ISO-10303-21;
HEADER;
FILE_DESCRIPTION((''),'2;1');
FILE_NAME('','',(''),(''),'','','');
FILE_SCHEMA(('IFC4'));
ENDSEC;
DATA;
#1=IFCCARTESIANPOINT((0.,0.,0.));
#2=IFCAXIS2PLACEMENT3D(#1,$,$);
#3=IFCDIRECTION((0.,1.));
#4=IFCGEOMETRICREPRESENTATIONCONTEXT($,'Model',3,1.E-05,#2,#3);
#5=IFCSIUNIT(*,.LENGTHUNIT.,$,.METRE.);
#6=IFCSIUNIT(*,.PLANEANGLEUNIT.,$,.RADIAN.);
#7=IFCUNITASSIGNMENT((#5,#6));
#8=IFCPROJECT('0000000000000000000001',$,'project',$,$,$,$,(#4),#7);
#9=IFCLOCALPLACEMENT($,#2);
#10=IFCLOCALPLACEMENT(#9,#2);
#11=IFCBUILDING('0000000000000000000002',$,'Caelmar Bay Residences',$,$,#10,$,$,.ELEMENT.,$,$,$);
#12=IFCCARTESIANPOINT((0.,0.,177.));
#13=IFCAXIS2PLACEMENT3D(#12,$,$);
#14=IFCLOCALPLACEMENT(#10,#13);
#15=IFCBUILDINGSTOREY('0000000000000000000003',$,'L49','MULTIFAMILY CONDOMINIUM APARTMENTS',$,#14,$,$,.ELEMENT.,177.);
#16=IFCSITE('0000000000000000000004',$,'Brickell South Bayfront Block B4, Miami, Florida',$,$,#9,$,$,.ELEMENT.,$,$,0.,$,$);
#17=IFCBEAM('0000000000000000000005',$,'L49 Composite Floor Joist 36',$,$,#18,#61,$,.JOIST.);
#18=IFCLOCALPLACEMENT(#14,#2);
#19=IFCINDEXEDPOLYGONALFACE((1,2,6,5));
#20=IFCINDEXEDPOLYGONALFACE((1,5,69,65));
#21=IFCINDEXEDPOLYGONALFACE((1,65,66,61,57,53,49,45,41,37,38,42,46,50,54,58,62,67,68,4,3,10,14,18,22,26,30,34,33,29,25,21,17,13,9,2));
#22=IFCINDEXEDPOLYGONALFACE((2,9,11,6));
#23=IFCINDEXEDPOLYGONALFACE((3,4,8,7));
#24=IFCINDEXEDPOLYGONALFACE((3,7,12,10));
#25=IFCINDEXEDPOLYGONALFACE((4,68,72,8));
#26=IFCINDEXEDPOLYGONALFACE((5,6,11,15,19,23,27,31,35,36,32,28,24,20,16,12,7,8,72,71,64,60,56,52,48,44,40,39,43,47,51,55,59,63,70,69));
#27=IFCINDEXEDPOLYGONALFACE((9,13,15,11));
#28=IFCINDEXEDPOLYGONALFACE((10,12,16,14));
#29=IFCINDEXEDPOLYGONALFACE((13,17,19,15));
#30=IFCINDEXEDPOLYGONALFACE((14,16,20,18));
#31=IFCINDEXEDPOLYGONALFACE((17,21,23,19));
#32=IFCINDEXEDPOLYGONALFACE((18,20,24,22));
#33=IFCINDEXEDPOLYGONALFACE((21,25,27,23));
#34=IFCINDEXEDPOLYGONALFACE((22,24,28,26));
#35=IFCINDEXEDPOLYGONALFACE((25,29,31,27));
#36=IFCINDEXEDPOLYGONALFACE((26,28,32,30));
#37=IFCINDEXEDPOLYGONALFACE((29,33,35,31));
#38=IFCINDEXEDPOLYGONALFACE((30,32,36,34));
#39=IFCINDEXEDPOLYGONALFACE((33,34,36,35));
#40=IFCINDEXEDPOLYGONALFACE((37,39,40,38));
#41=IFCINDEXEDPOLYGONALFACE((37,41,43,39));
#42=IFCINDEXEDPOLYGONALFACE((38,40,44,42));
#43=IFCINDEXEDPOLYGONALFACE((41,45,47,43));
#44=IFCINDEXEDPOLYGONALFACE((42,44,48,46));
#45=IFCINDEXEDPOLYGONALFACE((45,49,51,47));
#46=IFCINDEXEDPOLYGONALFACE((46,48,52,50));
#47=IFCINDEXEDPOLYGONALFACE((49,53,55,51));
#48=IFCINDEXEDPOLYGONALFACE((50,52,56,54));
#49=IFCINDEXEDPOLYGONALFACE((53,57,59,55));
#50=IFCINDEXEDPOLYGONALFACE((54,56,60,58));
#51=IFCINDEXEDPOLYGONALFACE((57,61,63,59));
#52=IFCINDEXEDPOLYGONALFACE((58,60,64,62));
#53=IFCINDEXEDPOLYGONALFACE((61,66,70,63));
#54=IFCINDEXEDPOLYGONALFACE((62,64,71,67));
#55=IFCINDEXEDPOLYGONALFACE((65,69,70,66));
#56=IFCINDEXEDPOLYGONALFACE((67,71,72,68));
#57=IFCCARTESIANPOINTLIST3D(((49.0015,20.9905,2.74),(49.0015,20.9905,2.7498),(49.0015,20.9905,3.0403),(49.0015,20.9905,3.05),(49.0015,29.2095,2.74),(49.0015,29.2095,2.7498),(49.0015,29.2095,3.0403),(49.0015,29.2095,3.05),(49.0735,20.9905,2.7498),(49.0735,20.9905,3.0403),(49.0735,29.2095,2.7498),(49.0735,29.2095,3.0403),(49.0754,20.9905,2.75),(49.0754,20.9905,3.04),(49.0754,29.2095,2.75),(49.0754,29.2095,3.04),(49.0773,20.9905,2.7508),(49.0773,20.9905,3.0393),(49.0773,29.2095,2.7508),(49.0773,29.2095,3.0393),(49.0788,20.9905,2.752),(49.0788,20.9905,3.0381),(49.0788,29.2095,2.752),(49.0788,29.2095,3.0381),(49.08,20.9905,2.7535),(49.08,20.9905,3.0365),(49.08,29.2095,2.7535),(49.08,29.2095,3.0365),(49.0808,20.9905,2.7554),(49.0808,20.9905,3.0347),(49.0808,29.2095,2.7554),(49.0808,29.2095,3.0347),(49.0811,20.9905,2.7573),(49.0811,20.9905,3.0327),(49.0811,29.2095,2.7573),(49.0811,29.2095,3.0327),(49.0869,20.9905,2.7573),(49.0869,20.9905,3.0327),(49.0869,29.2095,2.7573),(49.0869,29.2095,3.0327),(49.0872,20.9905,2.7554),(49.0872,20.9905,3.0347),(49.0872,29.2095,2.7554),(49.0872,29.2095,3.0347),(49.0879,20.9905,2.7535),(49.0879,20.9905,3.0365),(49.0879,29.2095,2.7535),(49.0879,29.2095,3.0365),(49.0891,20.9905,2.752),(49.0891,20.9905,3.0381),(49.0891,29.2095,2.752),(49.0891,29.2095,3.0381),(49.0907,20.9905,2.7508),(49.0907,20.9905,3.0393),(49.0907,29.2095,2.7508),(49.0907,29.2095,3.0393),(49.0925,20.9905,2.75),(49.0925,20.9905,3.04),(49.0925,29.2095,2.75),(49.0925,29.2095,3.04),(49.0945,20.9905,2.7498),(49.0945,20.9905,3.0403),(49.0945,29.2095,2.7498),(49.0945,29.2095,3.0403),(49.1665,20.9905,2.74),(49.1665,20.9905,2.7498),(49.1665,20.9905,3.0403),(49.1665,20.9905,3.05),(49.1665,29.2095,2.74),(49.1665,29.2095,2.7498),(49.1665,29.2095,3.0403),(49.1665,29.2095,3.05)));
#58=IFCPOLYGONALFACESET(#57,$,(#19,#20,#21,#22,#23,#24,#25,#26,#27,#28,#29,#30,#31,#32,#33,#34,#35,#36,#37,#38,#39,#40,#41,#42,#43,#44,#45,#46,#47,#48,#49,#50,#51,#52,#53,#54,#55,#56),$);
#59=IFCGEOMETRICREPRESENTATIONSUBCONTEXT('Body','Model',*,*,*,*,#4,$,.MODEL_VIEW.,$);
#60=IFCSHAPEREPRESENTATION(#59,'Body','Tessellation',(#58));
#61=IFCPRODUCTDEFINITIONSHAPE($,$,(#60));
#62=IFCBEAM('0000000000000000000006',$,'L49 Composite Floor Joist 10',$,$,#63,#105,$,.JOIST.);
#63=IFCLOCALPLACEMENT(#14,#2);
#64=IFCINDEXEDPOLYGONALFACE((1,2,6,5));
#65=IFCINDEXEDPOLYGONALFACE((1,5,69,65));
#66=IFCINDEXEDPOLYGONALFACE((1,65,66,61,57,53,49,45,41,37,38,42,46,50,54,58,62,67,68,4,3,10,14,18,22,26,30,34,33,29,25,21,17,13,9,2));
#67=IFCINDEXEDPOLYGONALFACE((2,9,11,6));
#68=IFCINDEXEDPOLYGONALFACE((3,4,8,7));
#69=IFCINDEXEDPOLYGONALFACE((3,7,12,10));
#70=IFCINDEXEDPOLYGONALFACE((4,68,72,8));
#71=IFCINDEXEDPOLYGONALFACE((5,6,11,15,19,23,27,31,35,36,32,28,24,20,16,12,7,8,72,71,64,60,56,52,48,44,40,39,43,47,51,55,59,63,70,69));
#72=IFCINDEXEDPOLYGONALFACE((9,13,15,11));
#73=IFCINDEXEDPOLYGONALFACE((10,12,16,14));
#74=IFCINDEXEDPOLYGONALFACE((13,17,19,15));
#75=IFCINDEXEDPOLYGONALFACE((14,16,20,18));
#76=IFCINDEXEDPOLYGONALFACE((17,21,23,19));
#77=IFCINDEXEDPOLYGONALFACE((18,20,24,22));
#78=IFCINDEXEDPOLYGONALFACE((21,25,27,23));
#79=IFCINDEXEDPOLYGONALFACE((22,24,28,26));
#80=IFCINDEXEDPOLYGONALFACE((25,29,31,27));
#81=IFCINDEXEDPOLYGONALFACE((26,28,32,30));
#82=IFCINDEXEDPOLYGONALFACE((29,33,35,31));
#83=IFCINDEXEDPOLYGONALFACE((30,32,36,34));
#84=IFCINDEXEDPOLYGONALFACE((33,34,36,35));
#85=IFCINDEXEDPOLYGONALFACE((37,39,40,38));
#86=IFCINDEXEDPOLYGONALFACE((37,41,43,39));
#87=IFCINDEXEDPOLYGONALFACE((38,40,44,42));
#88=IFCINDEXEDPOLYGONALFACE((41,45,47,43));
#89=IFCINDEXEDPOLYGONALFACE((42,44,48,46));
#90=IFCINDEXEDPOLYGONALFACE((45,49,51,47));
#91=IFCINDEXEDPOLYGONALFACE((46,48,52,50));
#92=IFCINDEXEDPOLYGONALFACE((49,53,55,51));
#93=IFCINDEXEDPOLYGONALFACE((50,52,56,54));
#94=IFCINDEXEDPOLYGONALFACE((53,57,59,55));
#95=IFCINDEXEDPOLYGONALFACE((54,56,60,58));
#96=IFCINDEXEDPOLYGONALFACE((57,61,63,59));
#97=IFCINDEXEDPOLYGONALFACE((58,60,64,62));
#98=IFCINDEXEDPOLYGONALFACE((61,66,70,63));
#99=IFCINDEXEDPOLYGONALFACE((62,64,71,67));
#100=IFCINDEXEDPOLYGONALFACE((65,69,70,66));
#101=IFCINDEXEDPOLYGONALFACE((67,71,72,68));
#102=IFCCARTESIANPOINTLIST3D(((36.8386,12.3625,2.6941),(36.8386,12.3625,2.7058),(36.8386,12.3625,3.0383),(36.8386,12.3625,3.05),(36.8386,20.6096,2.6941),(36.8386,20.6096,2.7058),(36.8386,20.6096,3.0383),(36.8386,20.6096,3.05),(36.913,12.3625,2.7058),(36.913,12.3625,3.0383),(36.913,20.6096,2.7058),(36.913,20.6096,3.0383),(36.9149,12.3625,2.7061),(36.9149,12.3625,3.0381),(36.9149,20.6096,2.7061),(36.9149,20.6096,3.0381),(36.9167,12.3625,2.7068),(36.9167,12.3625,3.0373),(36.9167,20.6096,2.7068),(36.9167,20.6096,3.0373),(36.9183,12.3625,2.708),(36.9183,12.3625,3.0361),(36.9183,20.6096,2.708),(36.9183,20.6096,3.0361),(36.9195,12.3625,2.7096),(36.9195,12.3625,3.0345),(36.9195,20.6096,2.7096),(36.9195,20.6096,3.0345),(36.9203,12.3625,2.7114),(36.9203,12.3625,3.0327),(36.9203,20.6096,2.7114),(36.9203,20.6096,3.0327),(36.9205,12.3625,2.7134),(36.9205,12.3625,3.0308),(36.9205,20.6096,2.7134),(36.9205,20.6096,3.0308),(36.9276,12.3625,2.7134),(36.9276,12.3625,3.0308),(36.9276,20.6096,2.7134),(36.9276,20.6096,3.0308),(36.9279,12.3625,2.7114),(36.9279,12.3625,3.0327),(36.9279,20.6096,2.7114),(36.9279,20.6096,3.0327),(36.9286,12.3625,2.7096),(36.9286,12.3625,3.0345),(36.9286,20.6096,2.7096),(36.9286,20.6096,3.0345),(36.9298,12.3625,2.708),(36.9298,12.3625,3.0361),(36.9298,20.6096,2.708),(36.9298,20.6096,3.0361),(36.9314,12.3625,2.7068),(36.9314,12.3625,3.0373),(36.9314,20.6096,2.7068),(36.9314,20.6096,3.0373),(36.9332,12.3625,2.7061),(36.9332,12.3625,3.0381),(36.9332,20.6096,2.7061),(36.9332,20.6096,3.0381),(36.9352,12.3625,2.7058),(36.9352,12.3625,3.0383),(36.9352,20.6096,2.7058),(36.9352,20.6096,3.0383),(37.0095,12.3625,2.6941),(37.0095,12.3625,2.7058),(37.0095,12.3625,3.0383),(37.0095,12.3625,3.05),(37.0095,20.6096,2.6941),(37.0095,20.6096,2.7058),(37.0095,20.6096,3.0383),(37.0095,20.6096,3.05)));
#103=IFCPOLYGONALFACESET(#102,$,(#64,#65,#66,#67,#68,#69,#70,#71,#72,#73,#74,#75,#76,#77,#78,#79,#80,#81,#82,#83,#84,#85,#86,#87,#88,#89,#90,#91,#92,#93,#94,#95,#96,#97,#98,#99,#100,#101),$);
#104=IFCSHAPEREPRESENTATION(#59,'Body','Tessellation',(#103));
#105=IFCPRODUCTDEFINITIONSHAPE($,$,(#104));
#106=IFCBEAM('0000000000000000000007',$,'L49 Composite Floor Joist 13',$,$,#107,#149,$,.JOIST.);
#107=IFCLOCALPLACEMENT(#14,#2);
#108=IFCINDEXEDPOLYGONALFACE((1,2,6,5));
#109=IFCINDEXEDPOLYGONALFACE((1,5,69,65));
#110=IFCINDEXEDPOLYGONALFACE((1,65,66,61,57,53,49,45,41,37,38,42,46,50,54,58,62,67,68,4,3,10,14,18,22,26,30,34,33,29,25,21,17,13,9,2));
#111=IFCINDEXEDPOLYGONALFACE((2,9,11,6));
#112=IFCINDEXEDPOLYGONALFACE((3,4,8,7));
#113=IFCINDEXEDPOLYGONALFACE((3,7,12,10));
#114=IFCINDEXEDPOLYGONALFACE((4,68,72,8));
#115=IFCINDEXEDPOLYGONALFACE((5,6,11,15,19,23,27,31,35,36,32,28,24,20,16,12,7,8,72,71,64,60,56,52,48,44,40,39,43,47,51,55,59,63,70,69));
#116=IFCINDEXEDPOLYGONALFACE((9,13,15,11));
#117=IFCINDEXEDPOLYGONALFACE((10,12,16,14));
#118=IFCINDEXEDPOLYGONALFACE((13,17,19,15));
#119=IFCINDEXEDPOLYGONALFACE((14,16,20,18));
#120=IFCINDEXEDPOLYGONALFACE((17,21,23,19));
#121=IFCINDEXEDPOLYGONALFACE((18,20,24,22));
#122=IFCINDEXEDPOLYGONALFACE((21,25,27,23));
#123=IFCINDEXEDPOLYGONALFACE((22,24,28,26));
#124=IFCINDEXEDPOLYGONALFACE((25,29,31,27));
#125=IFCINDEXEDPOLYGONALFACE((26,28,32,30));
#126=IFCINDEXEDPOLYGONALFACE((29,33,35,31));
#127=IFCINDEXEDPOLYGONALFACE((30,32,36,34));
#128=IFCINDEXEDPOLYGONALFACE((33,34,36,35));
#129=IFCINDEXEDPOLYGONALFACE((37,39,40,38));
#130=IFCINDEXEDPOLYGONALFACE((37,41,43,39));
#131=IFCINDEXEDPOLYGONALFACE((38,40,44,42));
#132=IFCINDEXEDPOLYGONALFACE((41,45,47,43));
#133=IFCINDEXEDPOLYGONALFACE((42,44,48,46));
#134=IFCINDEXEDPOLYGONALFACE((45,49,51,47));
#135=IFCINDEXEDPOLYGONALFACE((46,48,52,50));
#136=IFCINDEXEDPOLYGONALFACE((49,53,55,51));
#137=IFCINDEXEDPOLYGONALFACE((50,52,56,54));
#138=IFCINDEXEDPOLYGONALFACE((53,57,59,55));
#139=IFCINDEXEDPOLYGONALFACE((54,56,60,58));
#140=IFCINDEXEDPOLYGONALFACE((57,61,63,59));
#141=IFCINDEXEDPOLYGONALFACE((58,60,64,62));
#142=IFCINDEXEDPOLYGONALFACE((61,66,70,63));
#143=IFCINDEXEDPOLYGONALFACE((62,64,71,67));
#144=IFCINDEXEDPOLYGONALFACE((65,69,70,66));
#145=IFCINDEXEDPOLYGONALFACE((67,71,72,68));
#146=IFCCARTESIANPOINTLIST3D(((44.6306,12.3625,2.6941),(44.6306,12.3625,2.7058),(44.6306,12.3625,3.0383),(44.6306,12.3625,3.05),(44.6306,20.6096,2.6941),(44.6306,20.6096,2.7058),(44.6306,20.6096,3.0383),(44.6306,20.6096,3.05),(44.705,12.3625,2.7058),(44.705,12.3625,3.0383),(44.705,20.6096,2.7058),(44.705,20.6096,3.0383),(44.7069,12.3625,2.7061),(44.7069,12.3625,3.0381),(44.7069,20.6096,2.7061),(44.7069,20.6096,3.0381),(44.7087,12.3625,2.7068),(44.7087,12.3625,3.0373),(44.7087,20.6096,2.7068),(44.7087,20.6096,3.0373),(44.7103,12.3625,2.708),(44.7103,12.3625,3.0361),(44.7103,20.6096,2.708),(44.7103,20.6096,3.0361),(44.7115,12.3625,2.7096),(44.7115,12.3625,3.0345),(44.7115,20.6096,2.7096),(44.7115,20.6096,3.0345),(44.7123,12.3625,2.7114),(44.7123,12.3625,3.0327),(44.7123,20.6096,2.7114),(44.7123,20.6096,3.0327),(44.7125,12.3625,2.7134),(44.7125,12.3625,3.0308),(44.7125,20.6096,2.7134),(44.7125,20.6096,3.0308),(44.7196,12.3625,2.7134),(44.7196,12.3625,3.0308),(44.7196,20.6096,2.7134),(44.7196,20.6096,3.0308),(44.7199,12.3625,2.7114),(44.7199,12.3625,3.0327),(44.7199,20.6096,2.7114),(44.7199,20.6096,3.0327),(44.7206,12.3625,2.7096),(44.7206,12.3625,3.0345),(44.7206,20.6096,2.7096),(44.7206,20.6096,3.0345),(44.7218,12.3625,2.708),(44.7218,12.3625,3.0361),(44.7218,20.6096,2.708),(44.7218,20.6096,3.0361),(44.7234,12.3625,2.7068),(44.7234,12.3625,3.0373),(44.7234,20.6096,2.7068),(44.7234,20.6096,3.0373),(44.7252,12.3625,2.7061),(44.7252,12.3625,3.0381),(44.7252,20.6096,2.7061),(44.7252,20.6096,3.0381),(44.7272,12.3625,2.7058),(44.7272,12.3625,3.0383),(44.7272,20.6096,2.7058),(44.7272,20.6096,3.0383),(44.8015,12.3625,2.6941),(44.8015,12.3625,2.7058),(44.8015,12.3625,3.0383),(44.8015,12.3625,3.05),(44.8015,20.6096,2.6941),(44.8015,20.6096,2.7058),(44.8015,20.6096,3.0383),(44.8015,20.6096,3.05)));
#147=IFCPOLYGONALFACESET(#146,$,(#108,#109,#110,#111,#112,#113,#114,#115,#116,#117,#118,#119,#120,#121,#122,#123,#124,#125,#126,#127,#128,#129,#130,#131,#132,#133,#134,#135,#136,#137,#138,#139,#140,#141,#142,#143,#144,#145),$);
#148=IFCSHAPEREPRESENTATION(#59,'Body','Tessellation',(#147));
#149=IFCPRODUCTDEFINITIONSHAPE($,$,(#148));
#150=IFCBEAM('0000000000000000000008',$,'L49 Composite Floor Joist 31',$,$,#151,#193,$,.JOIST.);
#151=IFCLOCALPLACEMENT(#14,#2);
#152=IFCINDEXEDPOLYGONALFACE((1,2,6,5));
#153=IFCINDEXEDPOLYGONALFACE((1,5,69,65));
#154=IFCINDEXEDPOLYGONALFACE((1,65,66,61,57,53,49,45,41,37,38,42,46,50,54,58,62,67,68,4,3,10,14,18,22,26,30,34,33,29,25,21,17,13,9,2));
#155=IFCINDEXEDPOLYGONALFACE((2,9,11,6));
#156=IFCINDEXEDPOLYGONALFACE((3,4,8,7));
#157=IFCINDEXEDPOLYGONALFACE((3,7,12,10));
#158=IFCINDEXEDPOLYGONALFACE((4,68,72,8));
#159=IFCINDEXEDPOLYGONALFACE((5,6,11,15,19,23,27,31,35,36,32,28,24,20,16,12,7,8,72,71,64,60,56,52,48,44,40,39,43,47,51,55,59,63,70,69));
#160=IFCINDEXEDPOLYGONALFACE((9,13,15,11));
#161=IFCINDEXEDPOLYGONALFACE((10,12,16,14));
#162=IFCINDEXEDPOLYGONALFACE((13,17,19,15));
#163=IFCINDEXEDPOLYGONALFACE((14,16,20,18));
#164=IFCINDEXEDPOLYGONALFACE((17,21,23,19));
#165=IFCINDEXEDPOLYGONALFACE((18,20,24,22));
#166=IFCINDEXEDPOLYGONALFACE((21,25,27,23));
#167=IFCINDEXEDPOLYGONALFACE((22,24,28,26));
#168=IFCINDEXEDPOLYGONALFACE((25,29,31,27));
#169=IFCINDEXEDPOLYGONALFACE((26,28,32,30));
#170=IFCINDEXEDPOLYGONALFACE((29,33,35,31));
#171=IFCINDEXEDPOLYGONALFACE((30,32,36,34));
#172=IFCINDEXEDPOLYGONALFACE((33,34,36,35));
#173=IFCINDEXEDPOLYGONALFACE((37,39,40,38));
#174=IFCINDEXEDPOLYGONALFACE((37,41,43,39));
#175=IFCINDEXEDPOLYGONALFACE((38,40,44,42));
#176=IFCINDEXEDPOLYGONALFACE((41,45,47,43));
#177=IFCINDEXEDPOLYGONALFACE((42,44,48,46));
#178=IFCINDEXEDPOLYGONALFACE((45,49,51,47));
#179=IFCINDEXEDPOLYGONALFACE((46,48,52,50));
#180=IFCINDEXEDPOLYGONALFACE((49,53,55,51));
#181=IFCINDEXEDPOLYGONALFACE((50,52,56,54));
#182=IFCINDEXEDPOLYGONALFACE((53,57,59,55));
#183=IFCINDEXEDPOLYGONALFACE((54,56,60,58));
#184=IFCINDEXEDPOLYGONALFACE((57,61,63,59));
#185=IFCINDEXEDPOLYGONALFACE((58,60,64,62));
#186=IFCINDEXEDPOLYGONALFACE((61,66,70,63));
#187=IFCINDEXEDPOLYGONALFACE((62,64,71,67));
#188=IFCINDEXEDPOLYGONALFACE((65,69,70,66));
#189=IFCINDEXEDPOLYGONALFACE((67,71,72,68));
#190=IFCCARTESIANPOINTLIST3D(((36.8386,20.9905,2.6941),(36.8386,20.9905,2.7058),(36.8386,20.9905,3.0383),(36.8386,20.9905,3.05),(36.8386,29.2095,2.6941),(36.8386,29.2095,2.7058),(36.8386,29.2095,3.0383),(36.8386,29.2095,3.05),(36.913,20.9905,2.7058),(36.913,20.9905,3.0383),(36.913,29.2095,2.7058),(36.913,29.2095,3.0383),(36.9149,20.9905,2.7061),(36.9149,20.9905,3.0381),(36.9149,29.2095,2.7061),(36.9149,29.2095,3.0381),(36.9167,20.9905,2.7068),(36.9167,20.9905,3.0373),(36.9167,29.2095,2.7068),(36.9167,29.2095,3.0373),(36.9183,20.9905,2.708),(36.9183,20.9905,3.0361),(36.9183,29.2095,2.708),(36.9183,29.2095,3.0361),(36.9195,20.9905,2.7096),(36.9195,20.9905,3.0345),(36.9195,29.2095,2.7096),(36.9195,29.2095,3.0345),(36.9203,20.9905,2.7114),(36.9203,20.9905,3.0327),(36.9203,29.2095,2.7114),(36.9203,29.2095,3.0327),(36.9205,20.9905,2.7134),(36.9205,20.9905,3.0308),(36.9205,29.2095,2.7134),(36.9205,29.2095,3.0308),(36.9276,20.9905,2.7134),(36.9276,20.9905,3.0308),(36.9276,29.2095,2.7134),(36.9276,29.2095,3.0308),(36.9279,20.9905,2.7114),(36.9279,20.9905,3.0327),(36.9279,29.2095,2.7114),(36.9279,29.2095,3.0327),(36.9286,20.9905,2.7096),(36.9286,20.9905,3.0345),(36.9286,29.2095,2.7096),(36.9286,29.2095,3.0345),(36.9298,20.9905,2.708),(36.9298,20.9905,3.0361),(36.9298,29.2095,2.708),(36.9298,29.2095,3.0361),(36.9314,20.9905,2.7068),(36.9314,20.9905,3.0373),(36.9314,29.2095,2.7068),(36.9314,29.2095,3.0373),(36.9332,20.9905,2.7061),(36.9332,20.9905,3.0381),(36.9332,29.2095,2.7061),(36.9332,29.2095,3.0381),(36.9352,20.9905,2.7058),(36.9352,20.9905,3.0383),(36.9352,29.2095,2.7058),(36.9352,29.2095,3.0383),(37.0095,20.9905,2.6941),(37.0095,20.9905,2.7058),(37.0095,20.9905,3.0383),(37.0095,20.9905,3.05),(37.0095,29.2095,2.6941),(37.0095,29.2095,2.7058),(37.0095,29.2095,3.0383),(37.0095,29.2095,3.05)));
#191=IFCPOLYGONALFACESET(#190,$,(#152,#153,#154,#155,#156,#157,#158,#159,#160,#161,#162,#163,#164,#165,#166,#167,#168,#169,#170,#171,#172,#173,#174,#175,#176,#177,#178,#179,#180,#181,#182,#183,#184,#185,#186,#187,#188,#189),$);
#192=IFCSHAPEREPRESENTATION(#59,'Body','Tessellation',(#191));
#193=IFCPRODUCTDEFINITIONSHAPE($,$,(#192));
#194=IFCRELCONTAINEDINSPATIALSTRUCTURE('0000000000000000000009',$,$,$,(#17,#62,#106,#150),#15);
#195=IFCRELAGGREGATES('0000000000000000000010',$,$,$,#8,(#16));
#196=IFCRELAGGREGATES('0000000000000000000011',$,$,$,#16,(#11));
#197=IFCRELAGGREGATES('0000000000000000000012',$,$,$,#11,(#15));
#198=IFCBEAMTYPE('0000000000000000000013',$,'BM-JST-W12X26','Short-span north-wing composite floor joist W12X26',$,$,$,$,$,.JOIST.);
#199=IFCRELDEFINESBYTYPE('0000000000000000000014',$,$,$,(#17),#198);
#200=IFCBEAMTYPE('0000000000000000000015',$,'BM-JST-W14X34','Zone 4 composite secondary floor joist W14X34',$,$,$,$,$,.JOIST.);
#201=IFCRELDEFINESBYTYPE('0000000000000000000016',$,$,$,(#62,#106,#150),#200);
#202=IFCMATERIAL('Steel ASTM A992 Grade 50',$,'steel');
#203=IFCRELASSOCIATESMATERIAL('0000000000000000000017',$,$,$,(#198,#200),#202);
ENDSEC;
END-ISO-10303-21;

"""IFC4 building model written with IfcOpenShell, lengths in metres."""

from ifc_helpers import new_model, si_unit, direction, frame, origin, origin_2d, place, context, subcontext, project, spatial, i_section, extrude, material, material_profile, profile_set, type_object, element, save


model = new_model("IFC4")

# Units and contexts
model_context = context("Model", 3, precision=1e-05, world=origin(), true_north=direction((0.0, 1.0)))
body_context = subcontext(model_context, "Body", "Model", "MODEL_VIEW")
ifc_project = project(units=[si_unit("LENGTHUNIT", "METRE"), si_unit("PLANEANGLEUNIT", "RADIAN")], contexts=[model_context])

# Site, building, storey
site_placement = place(None, origin())
site = spatial("IfcSite", under=ifc_project, at=site_placement, Name="Brickell South Bayfront Block B4, Miami, Florida", CompositionType="ELEMENT", RefElevation=0.0)
building_placement = place(site_placement, origin())
building = spatial("IfcBuilding", under=site, at=building_placement, Name="Caelmar Bay Residences", CompositionType="ELEMENT")
storey_placement = place(building_placement, frame((0.0, 0.0, 177.0)))
storey = spatial("IfcBuildingStorey", under=building, at=storey_placement, Name="L49", Description="MULTIFAMILY CONDOMINIUM APARTMENTS", CompositionType="ELEMENT", Elevation=177.0)

# Beams
ifc_material_1 = material(Name="Steel ASTM A992 Grade 50", Category="steel")
ifc_material_profile_1 = material_profile(ifc_material_1, i_section(OverallWidth=0.165, OverallDepth=0.3101, WebThickness=0.0059, FlangeThickness=0.0098, FilletRadius=0.0076, at=origin_2d()), Name="W12X26")
ifc_profile_set_1 = profile_set([ifc_material_profile_1], Name="Steel ASTM A992 Grade 50")
beam_type_1 = type_object("IfcBeamType", Name="BM-JST-W12X26", Description="Short-span north-wing composite floor joist W12X26", PredefinedType="JOIST", material=ifc_profile_set_1)
for number, where, z_axis, x_axis, name in (
    (1, (49.084, 20.9905, 2.895), (0.0, 1.0, 0.0), (-1.0, 0.0, 0.0), "L49 Composite Floor Joist 36"),
):
    element("IfcBeam", number, at=place(storey_placement, frame(where, z_axis=z_axis, x_axis=x_axis)), inside=storey, type_object=beam_type_1, Name=name, PredefinedType="JOIST", context=body_context, shape_type="SweptSolid", body=[
        extrude(i_section(OverallWidth=0.165, OverallDepth=0.3101, WebThickness=0.0059, FlangeThickness=0.0098, FilletRadius=0.0076, at=origin_2d()), origin(), (0.0, 0.0, 1.0), 8.219),
    ])
ifc_material_profile_2 = material_profile(ifc_material_1, i_section(OverallWidth=0.1709, OverallDepth=0.356, WebThickness=0.0071, FlangeThickness=0.0117, FilletRadius=0.0076, at=origin_2d()), Name="W14X34")
ifc_profile_set_2 = profile_set([ifc_material_profile_2], Name="Steel ASTM A992 Grade 50")
beam_type_2 = type_object("IfcBeamType", Name="BM-JST-W14X34", Description="Zone 4 composite secondary floor joist W14X34", PredefinedType="JOIST", material=ifc_profile_set_2)
for number, where, z_axis, x_axis, name in (
    (2, (36.9241, 12.3625, 2.8721), (0.0, 1.0, 0.0), (-1.0, 0.0, 0.0), "L49 Composite Floor Joist 10"),
    (3, (44.7161, 12.3625, 2.8721), (0.0, 1.0, 0.0), (-1.0, 0.0, 0.0), "L49 Composite Floor Joist 13"),
):
    element("IfcBeam", number, at=place(storey_placement, frame(where, z_axis=z_axis, x_axis=x_axis)), inside=storey, type_object=beam_type_2, Name=name, PredefinedType="JOIST", context=body_context, shape_type="SweptSolid", body=[
        extrude(i_section(OverallWidth=0.1709, OverallDepth=0.356, WebThickness=0.0071, FlangeThickness=0.0117, FilletRadius=0.0076, at=origin_2d()), origin(), (0.0, 0.0, 1.0), 8.2471),
    ])
for number, where, z_axis, x_axis, name in (
    (4, (36.9241, 20.9905, 2.8721), (0.0, 1.0, 0.0), (-1.0, 0.0, 0.0), "L49 Composite Floor Joist 31"),
):
    element("IfcBeam", number, at=place(storey_placement, frame(where, z_axis=z_axis, x_axis=x_axis)), inside=storey, type_object=beam_type_2, Name=name, PredefinedType="JOIST", context=body_context, shape_type="SweptSolid", body=[
        extrude(i_section(OverallWidth=0.1709, OverallDepth=0.356, WebThickness=0.0071, FlangeThickness=0.0117, FilletRadius=0.0076, at=origin_2d()), origin(), (0.0, 0.0, 1.0), 8.219),
    ])

save(model, "model.ifc")
